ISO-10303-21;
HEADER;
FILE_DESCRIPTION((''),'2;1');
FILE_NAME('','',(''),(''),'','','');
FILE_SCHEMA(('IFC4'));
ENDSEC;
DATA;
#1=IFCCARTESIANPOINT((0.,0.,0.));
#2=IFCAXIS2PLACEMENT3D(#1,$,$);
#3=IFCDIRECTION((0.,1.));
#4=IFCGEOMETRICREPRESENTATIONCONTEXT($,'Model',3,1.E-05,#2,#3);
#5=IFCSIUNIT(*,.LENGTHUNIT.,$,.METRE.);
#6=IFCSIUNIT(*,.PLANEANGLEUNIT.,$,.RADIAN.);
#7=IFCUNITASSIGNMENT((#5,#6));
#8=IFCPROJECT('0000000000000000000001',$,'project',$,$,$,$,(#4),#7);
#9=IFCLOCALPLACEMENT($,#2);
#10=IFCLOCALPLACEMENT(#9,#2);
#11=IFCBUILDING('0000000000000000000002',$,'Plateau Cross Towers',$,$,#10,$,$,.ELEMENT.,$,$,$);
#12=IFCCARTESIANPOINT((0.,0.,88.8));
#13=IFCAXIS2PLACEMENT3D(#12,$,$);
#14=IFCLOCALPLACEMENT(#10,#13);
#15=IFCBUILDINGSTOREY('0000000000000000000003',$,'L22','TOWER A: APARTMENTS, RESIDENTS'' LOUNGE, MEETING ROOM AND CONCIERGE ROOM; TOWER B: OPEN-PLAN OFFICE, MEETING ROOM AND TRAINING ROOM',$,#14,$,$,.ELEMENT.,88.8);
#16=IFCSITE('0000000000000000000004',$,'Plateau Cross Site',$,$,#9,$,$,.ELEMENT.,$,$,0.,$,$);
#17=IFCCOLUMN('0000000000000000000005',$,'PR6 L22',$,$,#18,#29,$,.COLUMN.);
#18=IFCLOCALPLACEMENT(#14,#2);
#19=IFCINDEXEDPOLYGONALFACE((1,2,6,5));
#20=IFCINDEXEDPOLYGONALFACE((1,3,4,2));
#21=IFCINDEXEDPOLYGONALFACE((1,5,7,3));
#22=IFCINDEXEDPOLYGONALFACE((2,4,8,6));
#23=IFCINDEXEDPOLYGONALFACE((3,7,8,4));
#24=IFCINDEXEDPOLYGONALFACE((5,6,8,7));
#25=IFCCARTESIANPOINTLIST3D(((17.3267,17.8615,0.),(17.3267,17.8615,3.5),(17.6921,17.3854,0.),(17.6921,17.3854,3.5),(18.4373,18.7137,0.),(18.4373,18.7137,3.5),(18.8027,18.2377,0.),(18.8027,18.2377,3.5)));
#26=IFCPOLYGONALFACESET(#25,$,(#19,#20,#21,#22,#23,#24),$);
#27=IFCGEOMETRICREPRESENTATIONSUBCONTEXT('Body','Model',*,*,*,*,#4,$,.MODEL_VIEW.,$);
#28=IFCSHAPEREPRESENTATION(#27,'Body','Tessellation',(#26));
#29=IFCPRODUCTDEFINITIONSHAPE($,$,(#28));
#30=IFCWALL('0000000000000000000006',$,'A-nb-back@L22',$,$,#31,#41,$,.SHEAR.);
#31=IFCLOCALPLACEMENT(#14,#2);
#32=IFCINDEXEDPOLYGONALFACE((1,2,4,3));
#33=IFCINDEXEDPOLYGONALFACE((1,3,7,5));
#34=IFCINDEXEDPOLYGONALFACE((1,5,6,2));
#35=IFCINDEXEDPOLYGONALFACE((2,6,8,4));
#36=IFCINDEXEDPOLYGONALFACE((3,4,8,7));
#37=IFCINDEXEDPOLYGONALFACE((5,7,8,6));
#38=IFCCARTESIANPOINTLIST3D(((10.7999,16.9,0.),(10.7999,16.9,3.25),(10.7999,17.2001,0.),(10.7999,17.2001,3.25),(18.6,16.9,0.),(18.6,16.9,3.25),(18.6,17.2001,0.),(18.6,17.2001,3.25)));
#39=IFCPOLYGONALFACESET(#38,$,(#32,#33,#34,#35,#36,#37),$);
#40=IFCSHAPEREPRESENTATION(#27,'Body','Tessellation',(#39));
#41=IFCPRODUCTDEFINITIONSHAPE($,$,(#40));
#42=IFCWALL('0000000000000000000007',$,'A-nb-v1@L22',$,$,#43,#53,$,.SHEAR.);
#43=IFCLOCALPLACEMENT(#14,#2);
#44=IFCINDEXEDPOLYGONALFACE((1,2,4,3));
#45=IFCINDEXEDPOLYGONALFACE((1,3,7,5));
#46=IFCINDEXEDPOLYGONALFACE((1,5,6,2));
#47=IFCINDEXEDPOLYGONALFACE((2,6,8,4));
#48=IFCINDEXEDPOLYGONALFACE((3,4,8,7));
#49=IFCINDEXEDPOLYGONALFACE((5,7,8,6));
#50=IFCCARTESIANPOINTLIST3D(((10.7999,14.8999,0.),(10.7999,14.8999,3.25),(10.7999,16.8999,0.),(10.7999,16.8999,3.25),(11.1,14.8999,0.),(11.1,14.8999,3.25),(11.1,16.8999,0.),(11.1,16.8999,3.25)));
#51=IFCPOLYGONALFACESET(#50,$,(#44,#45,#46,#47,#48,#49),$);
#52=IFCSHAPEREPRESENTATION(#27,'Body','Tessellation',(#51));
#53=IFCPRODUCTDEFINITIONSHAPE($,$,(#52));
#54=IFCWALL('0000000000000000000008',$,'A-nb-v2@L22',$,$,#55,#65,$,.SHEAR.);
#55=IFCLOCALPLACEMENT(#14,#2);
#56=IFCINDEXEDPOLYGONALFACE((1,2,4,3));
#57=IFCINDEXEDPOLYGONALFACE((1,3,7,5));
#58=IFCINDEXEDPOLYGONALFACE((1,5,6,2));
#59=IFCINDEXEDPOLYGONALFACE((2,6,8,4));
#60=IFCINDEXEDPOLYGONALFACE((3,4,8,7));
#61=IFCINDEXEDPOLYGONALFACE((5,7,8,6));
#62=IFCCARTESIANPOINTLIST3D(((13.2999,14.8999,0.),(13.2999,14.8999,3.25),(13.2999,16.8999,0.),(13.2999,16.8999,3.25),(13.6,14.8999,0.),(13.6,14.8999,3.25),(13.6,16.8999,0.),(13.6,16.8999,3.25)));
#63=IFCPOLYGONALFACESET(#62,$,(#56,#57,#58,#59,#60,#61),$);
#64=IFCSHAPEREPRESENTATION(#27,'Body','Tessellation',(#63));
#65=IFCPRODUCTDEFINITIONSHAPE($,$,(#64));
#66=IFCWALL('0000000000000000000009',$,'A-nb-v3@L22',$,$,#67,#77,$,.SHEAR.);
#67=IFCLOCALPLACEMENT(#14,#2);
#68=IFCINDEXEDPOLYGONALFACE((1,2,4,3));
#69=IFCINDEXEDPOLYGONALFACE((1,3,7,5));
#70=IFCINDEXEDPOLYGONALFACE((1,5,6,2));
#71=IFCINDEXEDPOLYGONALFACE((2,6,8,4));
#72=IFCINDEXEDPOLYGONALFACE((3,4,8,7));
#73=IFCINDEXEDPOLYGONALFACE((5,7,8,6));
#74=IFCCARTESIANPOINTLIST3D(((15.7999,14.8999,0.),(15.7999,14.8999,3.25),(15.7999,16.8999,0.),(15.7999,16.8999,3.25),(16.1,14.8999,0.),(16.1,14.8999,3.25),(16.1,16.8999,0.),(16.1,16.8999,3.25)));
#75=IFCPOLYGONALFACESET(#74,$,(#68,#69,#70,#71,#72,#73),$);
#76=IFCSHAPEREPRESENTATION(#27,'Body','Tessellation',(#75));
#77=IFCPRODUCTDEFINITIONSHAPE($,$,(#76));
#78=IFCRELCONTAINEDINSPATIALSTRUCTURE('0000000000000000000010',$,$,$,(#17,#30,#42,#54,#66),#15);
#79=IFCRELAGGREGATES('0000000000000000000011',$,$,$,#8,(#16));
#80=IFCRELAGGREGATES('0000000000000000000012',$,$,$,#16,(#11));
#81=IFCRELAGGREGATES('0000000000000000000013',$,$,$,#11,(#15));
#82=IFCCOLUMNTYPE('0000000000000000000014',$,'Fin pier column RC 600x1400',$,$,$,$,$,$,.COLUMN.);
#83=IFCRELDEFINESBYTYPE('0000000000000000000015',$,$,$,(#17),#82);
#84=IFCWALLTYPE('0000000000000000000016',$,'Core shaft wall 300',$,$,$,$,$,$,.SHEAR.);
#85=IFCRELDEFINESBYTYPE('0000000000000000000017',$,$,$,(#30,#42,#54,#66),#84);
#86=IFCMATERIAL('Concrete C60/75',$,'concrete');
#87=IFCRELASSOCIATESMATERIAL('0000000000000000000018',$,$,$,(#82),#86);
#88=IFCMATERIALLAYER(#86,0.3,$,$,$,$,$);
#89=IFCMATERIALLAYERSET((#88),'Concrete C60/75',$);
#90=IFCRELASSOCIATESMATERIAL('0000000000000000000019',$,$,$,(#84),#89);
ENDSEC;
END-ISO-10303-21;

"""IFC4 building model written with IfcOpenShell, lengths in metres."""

from ifc_helpers import new_model, si_unit, direction, frame, frame_2d, origin, origin_2d, place, context, subcontext, project, spatial, rectangle, extrude, material, layer, layer_set, material_profile, profile_set, type_object, element, save


model = new_model("IFC4")

# Units and contexts
model_context = context("Model", 3, precision=1e-05, world=origin(), true_north=direction((0.0, 1.0)))
body_context = subcontext(model_context, "Body", "Model", "MODEL_VIEW")
ifc_project = project(units=[si_unit("LENGTHUNIT", "METRE"), si_unit("PLANEANGLEUNIT", "RADIAN")], contexts=[model_context])

# Site, building, storey
site_placement = place(None, origin())
site = spatial("IfcSite", under=ifc_project, at=site_placement, Name="Plateau Cross Site", CompositionType="ELEMENT", RefElevation=0.0)
building_placement = place(site_placement, origin())
building = spatial("IfcBuilding", under=site, at=building_placement, Name="Plateau Cross Towers", CompositionType="ELEMENT")
storey_placement = place(building_placement, frame((0.0, 0.0, 88.8)))
storey = spatial("IfcBuildingStorey", under=building, at=storey_placement, Name="L22", Description="TOWER A: APARTMENTS, RESIDENTS' LOUNGE, MEETING ROOM AND CONCIERGE ROOM; TOWER B: OPEN-PLAN OFFICE, MEETING ROOM AND TRAINING ROOM", CompositionType="ELEMENT", Elevation=88.8)

# Column
ifc_material_1 = material(Name="Concrete C60/75", Category="concrete")
ifc_material_profile = material_profile(ifc_material_1, rectangle(XDim=0.6001, YDim=1.3999, at=origin_2d()), Name="RC 600x1400")
ifc_profile_set = profile_set([ifc_material_profile], Name="Concrete C60/75")
column_type = type_object("IfcColumnType", Name="Fin pier column RC 600x1400", PredefinedType="COLUMN", material=ifc_profile_set)
column_placement = place(storey_placement, frame((18.0647, 18.0496, 0.0), z_axis=(0.0, 0.0, 1.0), x_axis=(-0.608811, 0.793315, 0.0)))
element("IfcColumn", 1, at=column_placement, inside=storey, type_object=column_type, Name="PR6 L22", PredefinedType="COLUMN", context=body_context, shape_type="SweptSolid", body=[
    extrude(rectangle(XDim=0.6001, YDim=1.3999, at=origin_2d()), origin(), (0.0, 0.0, 1.0), 3.5),
])

# Walls
ifc_layer_1 = layer(ifc_material_1, 0.3)
ifc_layer_set_1 = layer_set([ifc_layer_1], Name="Concrete C60/75")
wall_type_1 = type_object("IfcWallType", Name="Core shaft wall 300", PredefinedType="SHEAR", material=ifc_layer_set_1)
wall_1_placement = place(storey_placement, frame((10.8, 17.05, 0.0), z_axis=(0.0, 0.0, 1.0), x_axis=(1.0, 0.0, 0.0)))
element("IfcWall", 2, at=wall_1_placement, inside=storey, type_object=wall_type_1, Name="A-nb-back@L22", PredefinedType="SHEAR", context=body_context, shape_type="SweptSolid", body=[
    extrude(rectangle(XDim=7.8, YDim=0.3, at=frame_2d((3.8999, 0.0))), origin(), (0.0, 0.0, 1.0), 3.25),
])
for number, where, z_axis, x_axis, name in (
    (3, (10.95, 14.8999, 0.0), (0.0, 0.0, 1.0), (0.0, 1.0, 0.0), "A-nb-v1@L22"),
    (4, (13.45, 14.8999, 0.0), (0.0, 0.0, 1.0), (0.0, 1.0, 0.0), "A-nb-v2@L22"),
    (5, (15.95, 14.8999, 0.0), (0.0, 0.0, 1.0), (0.0, 1.0, 0.0), "A-nb-v3@L22"),
):
    element("IfcWall", number, at=place(storey_placement, frame(where, z_axis=z_axis, x_axis=x_axis)), inside=storey, type_object=wall_type_1, Name=name, PredefinedType="SHEAR", context=body_context, shape_type="SweptSolid", body=[
        extrude(rectangle(XDim=2.0, YDim=0.3, at=frame_2d((1.0, 0.0))), origin(), (0.0, 0.0, 1.0), 3.25),
    ])

save(model, "model.ifc")
